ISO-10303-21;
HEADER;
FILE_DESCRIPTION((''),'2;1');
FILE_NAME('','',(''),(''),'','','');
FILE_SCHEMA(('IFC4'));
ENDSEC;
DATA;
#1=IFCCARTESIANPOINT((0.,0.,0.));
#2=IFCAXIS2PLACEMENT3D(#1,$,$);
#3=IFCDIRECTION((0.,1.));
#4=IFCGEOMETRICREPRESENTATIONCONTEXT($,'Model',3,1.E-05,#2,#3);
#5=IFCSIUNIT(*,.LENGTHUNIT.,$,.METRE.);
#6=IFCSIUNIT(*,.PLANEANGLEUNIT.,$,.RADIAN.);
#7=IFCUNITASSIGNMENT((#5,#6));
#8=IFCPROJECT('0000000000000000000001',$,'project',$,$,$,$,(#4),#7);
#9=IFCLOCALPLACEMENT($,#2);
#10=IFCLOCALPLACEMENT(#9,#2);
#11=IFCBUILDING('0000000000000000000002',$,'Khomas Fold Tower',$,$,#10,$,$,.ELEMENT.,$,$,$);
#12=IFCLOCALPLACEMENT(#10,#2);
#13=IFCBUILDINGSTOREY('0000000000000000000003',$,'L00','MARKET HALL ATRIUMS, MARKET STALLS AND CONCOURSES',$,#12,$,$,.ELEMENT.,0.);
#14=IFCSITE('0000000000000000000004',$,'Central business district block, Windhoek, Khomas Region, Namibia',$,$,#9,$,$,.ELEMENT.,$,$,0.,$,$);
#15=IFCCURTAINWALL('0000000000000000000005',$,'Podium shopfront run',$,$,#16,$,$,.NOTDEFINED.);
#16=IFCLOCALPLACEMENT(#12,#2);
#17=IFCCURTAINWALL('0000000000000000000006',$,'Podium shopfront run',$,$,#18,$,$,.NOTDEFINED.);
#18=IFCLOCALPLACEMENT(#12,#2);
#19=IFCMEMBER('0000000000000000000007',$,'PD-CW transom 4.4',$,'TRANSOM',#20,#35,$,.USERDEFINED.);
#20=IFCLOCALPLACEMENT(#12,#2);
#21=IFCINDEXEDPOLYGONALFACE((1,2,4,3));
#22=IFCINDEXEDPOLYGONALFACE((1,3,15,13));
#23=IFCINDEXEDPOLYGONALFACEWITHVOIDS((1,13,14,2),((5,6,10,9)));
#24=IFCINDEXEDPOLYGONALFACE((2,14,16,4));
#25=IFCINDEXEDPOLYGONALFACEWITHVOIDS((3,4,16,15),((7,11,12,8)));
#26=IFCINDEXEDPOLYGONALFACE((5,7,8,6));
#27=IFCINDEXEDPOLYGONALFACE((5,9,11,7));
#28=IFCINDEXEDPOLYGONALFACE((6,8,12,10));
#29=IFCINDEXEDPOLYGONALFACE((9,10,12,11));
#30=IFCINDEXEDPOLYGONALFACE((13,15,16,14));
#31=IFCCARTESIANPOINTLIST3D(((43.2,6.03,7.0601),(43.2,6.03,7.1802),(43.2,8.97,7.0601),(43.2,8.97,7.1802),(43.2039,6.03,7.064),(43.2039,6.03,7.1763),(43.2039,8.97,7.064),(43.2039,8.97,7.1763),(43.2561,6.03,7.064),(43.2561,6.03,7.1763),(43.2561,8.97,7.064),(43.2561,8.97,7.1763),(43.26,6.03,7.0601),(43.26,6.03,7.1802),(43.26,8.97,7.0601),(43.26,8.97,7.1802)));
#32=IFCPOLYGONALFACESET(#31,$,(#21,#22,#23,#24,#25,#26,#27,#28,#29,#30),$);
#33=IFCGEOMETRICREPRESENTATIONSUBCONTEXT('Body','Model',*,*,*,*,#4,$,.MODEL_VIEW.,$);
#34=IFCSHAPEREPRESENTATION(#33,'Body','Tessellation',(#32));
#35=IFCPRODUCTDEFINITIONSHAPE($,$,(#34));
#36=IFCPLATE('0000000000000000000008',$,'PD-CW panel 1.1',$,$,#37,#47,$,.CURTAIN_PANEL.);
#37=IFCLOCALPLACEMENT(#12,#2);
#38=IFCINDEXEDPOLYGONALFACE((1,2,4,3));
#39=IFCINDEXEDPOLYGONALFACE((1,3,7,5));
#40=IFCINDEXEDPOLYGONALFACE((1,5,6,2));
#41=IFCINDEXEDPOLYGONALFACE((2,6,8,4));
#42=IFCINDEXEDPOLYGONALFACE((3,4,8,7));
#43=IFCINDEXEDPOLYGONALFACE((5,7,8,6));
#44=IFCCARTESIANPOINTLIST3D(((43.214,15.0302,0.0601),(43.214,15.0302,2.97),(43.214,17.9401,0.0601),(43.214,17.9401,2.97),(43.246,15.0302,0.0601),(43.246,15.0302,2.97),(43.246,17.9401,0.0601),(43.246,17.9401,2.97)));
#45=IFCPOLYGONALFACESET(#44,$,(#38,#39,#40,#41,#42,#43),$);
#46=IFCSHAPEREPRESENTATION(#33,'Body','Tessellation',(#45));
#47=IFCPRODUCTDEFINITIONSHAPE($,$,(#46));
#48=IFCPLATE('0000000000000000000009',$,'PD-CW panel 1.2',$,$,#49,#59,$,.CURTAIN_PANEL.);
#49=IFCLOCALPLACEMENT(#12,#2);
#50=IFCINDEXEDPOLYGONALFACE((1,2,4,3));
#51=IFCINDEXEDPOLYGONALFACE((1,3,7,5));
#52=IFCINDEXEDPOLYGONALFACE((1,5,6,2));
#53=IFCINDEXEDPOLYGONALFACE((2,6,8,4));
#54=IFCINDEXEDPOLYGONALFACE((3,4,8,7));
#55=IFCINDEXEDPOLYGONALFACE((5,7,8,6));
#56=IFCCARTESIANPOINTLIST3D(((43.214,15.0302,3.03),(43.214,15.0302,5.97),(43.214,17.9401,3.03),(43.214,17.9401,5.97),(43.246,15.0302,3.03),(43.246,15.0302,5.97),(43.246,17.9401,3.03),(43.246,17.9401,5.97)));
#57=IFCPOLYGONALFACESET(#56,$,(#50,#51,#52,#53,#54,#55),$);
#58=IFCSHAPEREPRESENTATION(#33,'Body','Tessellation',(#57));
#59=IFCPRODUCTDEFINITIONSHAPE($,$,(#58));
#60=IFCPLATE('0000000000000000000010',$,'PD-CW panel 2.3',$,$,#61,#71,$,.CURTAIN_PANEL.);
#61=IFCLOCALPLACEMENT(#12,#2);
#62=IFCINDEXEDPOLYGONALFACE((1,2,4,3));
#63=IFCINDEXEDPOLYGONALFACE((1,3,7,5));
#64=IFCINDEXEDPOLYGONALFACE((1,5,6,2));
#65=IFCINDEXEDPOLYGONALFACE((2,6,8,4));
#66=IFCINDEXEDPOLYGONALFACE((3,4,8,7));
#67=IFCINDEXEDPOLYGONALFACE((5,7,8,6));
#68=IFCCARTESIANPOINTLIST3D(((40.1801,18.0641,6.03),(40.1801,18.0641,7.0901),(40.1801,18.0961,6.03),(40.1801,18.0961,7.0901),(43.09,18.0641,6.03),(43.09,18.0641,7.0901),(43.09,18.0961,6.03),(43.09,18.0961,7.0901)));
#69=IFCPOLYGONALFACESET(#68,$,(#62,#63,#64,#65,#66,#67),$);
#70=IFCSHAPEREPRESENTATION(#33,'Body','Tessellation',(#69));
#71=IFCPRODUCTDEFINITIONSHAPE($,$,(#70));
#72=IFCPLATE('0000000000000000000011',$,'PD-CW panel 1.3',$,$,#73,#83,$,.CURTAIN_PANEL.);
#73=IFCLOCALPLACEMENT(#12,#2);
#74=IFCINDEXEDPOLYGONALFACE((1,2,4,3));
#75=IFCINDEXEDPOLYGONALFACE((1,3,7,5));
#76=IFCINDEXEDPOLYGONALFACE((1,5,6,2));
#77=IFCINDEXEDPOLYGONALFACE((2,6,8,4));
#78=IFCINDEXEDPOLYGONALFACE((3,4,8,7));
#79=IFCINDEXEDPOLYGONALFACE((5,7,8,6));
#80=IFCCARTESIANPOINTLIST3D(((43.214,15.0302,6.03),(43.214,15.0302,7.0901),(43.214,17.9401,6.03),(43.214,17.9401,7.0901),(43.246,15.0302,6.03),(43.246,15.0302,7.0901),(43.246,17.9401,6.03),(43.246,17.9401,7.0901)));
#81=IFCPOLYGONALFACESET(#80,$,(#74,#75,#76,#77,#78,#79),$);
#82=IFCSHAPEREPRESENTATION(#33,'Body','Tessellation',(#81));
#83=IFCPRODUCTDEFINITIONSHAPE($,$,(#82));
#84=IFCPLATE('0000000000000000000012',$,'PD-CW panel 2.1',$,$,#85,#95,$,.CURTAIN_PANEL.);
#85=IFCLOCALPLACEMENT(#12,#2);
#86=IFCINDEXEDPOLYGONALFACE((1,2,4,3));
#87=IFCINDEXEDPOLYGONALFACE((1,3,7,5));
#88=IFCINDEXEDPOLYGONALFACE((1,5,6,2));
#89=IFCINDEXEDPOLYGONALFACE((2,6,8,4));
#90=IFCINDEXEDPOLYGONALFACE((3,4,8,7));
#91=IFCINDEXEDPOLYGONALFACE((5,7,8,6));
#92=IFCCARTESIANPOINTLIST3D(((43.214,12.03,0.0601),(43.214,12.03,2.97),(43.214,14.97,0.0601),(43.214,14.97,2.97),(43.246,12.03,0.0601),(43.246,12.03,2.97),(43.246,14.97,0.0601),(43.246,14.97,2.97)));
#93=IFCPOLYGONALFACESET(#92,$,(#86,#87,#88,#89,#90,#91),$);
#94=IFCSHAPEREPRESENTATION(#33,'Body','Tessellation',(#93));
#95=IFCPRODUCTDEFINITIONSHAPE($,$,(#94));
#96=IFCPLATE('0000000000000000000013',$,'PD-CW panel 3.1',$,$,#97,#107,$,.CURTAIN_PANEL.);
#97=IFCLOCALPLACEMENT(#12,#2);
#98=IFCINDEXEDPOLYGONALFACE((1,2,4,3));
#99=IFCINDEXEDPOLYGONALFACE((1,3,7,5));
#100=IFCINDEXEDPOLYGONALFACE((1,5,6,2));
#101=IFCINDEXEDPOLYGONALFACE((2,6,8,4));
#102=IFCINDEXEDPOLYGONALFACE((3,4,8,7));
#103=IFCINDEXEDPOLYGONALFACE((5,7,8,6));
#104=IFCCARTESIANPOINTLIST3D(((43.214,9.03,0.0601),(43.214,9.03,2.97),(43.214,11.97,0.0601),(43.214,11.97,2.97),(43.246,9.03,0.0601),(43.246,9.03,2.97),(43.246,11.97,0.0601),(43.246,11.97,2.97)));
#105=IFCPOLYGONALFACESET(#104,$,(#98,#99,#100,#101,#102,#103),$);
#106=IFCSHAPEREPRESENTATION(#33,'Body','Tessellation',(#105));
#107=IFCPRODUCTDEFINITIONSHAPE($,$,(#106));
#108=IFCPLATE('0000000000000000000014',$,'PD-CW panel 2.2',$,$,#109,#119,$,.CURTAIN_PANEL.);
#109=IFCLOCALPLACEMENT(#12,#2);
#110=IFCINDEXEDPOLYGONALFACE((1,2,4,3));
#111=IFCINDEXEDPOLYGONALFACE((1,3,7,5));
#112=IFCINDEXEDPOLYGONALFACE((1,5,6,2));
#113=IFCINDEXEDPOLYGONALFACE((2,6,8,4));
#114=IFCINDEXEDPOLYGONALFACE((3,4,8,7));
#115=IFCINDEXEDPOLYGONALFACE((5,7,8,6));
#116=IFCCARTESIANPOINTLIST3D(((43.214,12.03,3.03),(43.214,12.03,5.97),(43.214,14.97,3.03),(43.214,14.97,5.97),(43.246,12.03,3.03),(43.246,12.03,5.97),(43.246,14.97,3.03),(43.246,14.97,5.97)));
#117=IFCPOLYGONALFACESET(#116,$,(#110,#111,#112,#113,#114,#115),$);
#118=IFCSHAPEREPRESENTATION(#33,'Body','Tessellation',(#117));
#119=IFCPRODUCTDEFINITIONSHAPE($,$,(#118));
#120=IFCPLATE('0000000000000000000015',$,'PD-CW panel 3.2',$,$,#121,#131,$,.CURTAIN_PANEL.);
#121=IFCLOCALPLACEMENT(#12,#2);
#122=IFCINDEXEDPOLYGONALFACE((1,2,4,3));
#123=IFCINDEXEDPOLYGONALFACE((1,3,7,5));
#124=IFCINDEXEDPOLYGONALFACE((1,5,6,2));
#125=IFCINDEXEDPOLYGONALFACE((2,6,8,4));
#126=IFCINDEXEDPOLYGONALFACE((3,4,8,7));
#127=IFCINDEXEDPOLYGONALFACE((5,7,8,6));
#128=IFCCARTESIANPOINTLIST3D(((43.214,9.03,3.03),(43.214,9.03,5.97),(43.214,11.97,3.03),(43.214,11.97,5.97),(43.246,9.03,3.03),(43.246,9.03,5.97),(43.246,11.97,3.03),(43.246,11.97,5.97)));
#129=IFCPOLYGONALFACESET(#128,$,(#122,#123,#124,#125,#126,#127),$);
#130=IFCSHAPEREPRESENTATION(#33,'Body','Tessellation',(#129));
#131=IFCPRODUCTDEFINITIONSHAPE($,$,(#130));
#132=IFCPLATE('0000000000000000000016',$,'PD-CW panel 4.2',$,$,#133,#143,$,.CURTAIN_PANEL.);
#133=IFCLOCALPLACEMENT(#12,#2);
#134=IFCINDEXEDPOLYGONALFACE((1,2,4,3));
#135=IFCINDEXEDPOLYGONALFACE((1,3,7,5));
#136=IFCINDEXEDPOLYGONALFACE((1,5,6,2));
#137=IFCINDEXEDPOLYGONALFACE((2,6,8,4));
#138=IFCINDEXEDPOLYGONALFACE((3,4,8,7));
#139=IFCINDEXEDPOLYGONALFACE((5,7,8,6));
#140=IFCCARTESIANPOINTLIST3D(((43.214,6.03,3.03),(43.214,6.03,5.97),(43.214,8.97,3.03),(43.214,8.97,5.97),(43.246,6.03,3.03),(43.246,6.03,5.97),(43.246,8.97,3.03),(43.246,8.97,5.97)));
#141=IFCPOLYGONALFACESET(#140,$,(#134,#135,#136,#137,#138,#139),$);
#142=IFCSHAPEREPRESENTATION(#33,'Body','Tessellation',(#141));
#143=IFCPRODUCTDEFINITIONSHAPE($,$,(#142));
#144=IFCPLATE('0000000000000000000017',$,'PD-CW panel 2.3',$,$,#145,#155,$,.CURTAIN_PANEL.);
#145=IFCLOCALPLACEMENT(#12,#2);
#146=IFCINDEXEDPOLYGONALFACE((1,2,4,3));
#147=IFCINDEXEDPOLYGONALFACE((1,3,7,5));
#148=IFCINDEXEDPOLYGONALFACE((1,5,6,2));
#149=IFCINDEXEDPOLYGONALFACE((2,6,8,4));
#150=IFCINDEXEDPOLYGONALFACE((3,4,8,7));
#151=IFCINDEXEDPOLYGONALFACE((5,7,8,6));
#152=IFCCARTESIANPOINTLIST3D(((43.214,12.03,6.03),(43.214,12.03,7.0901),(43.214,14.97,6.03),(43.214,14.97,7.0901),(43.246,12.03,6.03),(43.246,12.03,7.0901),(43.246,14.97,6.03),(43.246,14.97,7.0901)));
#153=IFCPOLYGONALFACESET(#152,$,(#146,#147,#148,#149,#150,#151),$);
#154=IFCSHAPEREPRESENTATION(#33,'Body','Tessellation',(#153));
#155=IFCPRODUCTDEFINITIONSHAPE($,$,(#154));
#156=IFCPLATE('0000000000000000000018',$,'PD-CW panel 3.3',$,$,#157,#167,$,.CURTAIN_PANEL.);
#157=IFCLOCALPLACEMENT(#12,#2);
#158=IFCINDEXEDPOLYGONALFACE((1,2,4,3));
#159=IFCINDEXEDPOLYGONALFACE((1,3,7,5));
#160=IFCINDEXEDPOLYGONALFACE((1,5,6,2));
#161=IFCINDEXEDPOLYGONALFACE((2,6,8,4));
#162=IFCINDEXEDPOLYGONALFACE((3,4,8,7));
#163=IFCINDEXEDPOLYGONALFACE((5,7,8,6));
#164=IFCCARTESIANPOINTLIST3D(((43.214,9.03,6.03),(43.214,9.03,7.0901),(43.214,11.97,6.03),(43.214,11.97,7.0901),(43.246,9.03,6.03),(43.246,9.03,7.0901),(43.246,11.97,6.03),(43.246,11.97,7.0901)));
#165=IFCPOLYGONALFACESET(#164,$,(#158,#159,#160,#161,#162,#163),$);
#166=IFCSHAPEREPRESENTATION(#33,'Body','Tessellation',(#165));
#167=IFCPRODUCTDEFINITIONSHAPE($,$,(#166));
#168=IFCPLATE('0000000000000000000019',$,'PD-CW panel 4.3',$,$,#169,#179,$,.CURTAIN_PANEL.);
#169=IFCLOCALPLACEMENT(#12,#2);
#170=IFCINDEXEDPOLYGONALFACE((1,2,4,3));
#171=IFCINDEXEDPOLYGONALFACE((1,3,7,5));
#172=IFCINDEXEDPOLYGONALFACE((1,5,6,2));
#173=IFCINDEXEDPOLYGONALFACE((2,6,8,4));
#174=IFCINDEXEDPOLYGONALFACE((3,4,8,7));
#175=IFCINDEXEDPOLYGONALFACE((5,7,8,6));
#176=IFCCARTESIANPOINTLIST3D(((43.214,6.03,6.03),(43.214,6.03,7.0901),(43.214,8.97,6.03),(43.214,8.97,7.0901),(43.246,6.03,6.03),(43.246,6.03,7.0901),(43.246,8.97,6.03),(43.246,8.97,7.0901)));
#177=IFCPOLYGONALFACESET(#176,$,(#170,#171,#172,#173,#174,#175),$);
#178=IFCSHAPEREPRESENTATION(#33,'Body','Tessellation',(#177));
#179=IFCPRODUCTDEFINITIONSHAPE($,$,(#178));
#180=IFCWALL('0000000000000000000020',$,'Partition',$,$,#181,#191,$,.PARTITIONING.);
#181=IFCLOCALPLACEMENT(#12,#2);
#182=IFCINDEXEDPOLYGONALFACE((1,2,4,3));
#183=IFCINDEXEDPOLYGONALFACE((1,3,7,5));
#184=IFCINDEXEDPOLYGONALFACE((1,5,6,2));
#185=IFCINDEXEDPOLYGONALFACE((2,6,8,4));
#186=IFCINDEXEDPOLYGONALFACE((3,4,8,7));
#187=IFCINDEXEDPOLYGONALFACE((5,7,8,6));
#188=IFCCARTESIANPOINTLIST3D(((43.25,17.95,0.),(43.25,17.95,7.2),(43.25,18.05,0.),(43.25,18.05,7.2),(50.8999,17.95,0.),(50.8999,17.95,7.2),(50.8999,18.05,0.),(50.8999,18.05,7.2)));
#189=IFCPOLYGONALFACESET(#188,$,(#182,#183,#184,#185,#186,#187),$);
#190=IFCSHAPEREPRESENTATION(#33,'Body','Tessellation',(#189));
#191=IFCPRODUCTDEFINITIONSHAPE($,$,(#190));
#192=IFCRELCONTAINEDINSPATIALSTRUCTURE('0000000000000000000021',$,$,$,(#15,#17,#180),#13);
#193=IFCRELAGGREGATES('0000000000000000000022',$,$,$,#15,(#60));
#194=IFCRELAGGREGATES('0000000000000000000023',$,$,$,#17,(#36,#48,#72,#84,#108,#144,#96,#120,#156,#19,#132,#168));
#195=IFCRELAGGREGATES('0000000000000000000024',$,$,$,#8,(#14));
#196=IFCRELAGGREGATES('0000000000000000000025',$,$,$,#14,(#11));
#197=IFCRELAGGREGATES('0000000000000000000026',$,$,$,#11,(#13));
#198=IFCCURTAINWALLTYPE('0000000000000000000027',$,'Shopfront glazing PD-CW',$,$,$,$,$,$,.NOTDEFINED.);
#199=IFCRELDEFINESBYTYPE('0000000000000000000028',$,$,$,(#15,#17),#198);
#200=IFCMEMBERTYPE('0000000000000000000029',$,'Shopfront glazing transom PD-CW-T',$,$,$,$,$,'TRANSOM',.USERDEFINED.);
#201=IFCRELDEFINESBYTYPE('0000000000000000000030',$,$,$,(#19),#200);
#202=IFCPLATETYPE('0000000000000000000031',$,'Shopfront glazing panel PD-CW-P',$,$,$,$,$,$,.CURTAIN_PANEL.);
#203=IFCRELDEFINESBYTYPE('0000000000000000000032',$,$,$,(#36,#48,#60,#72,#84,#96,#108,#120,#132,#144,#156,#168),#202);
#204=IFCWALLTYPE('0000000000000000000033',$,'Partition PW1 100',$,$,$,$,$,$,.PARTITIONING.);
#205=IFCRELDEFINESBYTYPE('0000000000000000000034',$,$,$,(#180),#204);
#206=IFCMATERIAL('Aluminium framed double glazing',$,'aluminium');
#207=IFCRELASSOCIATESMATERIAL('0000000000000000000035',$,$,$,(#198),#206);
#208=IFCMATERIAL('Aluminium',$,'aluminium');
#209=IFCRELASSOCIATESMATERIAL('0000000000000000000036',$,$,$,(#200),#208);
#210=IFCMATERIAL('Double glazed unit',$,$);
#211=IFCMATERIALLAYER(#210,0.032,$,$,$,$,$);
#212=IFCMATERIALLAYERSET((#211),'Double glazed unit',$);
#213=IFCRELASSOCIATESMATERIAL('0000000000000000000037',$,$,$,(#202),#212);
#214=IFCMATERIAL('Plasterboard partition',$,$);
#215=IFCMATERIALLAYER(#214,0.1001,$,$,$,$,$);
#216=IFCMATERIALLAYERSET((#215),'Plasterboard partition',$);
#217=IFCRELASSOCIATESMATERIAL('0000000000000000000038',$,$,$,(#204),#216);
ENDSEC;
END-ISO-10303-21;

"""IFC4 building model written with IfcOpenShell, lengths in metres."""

from ifc_helpers import new_model, si_unit, direction, frame, frame_2d, origin, origin_2d, place, context, subcontext, project, spatial, rectangle, hollow_rectangle, extrude, source, transform, mapped, material, layer, layer_set, material_profile, profile_set, type_object, element, aggregate, save


model = new_model("IFC4")

# Units and contexts
model_context = context("Model", 3, precision=1e-05, world=origin(), true_north=direction((0.0, 1.0)))
body_context = subcontext(model_context, "Body", "Model", "MODEL_VIEW")
ifc_project = project(units=[si_unit("LENGTHUNIT", "METRE"), si_unit("PLANEANGLEUNIT", "RADIAN")], contexts=[model_context])

# Site, building, storey
site_placement = place(None, origin())
site = spatial("IfcSite", under=ifc_project, at=site_placement, Name="Central business district block, Windhoek, Khomas Region, Namibia", CompositionType="ELEMENT", RefElevation=0.0)
building_placement = place(site_placement, origin())
building = spatial("IfcBuilding", under=site, at=building_placement, Name="Khomas Fold Tower", CompositionType="ELEMENT")
storey_placement = place(building_placement, origin())
storey = spatial("IfcBuildingStorey", under=building, at=storey_placement, Name="L00", Description="MARKET HALL ATRIUMS, MARKET STALLS AND CONCOURSES", CompositionType="ELEMENT", Elevation=0.0)

# Curtain wall
ifc_material_1 = material(Name="Aluminium framed double glazing", Category="aluminium")
curtain_wall_type = type_object("IfcCurtainWallType", Name="Shopfront glazing PD-CW", PredefinedType="NOTDEFINED", material=ifc_material_1)
curtain_wall_1_placement = place(storey_placement, origin())
curtain_wall_1 = element("IfcCurtainWall", 1, at=curtain_wall_1_placement, inside=storey, type_object=curtain_wall_type, Name="Podium shopfront run", PredefinedType="NOTDEFINED")

# Curtain wall, member, plates
curtain_wall_2_placement = place(storey_placement, origin())
curtain_wall_2 = element("IfcCurtainWall", 2, at=curtain_wall_2_placement, inside=storey, type_object=curtain_wall_type, Name="Podium shopfront run", PredefinedType="NOTDEFINED")
ifc_material_2 = material(Name="Aluminium", Category="aluminium")
ifc_material_profile_1 = material_profile(ifc_material_2, hollow_rectangle(XDim=0.0601, YDim=0.1201, WallThickness=0.0039, at=origin_2d()), Name="Shopfront glazing transom PD-CW-T")
ifc_profile_set_1 = profile_set([ifc_material_profile_1], Name="Aluminium")
member_type_1 = type_object("IfcMemberType", Name="Shopfront glazing transom PD-CW-T", ElementType="TRANSOM", PredefinedType="USERDEFINED", material=ifc_profile_set_1)
shared_shape_1 = source(origin(), body_context, "Body", "SweptSolid", [
    extrude(hollow_rectangle(XDim=0.0601, YDim=0.1201, WallThickness=0.0039, at=origin_2d()), origin(), (0.0, 0.0, 1.0), 2.9399),
])
member_1_placement = place(storey_placement, frame((43.23, 8.97, 7.1201), z_axis=(0.0, -1.0, 0.0), x_axis=(1.0, 0.0, 0.0)))
member_1 = element("IfcMember", 3, at=member_1_placement, type_object=member_type_1, Name="PD-CW transom 4.4", ObjectType="TRANSOM", PredefinedType="USERDEFINED", context=body_context, shape_type="MappedRepresentation", body=[
    mapped(shared_shape_1, transform((0.0, 0.0, 0.0))),
])
ifc_material_3 = material(Name="Double glazed unit")
ifc_layer_1 = layer(ifc_material_3, 0.032)
ifc_layer_set_1 = layer_set([ifc_layer_1], Name="Double glazed unit")
plate_type = type_object("IfcPlateType", Name="Shopfront glazing panel PD-CW-P", PredefinedType="CURTAIN_PANEL", material=ifc_layer_set_1)
shared_shape_2 = source(origin(), body_context, "Body", "SweptSolid", [
    extrude(rectangle(XDim=2.9099, YDim=0.032, at=origin_2d()), origin(), (0.0, 0.0, 1.0), 2.9099),
])
plate_1_placement = place(storey_placement, frame((43.23, 16.4851, 0.0601), z_axis=(0.0, 0.0, 1.0), x_axis=(0.0, -1.0, 0.0)))
plate_1 = element("IfcPlate", 4, at=plate_1_placement, type_object=plate_type, Name="PD-CW panel 1.1", PredefinedType="CURTAIN_PANEL", context=body_context, shape_type="MappedRepresentation", body=[
    mapped(shared_shape_2, transform((0.0, 0.0, 0.0))),
])
shared_shape_3 = source(origin(), body_context, "Body", "SweptSolid", [
    extrude(rectangle(XDim=2.9099, YDim=0.032, at=origin_2d()), origin(), (0.0, 0.0, 1.0), 2.9399),
])
plate_2_placement = place(storey_placement, frame((43.23, 16.4851, 3.03), z_axis=(0.0, 0.0, 1.0), x_axis=(0.0, -1.0, 0.0)))
plate_2 = element("IfcPlate", 5, at=plate_2_placement, type_object=plate_type, Name="PD-CW panel 1.2", PredefinedType="CURTAIN_PANEL", context=body_context, shape_type="MappedRepresentation", body=[
    mapped(shared_shape_3, transform((0.0, 0.0, 0.0))),
])

# Plates
shared_shape_4 = source(origin(), body_context, "Body", "SweptSolid", [
    extrude(rectangle(XDim=2.9099, YDim=0.032, at=origin_2d()), origin(), (0.0, 0.0, 1.0), 1.0601),
])
plate_3_placement = place(storey_placement, frame((41.635, 18.0801, 6.03), z_axis=(0.0, 0.0, 1.0), x_axis=(1.0, 0.0, 0.0)))
plate_3 = element("IfcPlate", 6, at=plate_3_placement, type_object=plate_type, Name="PD-CW panel 2.3", PredefinedType="CURTAIN_PANEL", context=body_context, shape_type="MappedRepresentation", body=[
    mapped(shared_shape_4, transform((0.0, 0.0, 0.0))),
])
aggregate(curtain_wall_1, [plate_3])
plate_4_placement = place(storey_placement, frame((43.23, 16.4851, 6.03), z_axis=(0.0, 0.0, 1.0), x_axis=(0.0, -1.0, 0.0)))
plate_4 = element("IfcPlate", 7, at=plate_4_placement, type_object=plate_type, Name="PD-CW panel 1.3", PredefinedType="CURTAIN_PANEL", context=body_context, shape_type="MappedRepresentation", body=[
    mapped(shared_shape_4, transform((0.0, 0.0, 0.0))),
])
shared_shape_5 = source(origin(), body_context, "Body", "SweptSolid", [
    extrude(rectangle(XDim=2.9399, YDim=0.032, at=origin_2d()), origin(), (0.0, 0.0, 1.0), 2.9099),
])
plate_5_placement = place(storey_placement, frame((43.23, 13.5, 0.0601), z_axis=(0.0, 0.0, 1.0), x_axis=(0.0, -1.0, 0.0)))
plate_5 = element("IfcPlate", 8, at=plate_5_placement, type_object=plate_type, Name="PD-CW panel 2.1", PredefinedType="CURTAIN_PANEL", context=body_context, shape_type="MappedRepresentation", body=[
    mapped(shared_shape_5, transform((0.0, 0.0, 0.0))),
])
plate_6_placement = place(storey_placement, frame((43.23, 10.5, 0.0601), z_axis=(0.0, 0.0, 1.0), x_axis=(0.0, -1.0, 0.0)))
plate_6 = element("IfcPlate", 9, at=plate_6_placement, type_object=plate_type, Name="PD-CW panel 3.1", PredefinedType="CURTAIN_PANEL", context=body_context, shape_type="MappedRepresentation", body=[
    mapped(shared_shape_5, transform((0.0, 0.0, 0.0))),
])
shared_shape_6 = source(origin(), body_context, "Body", "SweptSolid", [
    extrude(rectangle(XDim=2.9399, YDim=0.032, at=origin_2d()), origin(), (0.0, 0.0, 1.0), 2.9399),
])
plate_7_placement = place(storey_placement, frame((43.23, 13.5, 3.03), z_axis=(0.0, 0.0, 1.0), x_axis=(0.0, -1.0, 0.0)))
plate_7 = element("IfcPlate", 10, at=plate_7_placement, type_object=plate_type, Name="PD-CW panel 2.2", PredefinedType="CURTAIN_PANEL", context=body_context, shape_type="MappedRepresentation", body=[
    mapped(shared_shape_6, transform((0.0, 0.0, 0.0))),
])
plate_8_placement = place(storey_placement, frame((43.23, 10.5, 3.03), z_axis=(0.0, 0.0, 1.0), x_axis=(0.0, -1.0, 0.0)))
plate_8 = element("IfcPlate", 11, at=plate_8_placement, type_object=plate_type, Name="PD-CW panel 3.2", PredefinedType="CURTAIN_PANEL", context=body_context, shape_type="MappedRepresentation", body=[
    mapped(shared_shape_6, transform((0.0, 0.0, 0.0))),
])
plate_9_placement = place(storey_placement, frame((43.23, 7.5, 3.03), z_axis=(0.0, 0.0, 1.0), x_axis=(0.0, -1.0, 0.0)))
plate_9 = element("IfcPlate", 12, at=plate_9_placement, type_object=plate_type, Name="PD-CW panel 4.2", PredefinedType="CURTAIN_PANEL", context=body_context, shape_type="MappedRepresentation", body=[
    mapped(shared_shape_6, transform((0.0, 0.0, 0.0))),
])
shared_shape_7 = source(origin(), body_context, "Body", "SweptSolid", [
    extrude(rectangle(XDim=2.9399, YDim=0.032, at=origin_2d()), origin(), (0.0, 0.0, 1.0), 1.0601),
])
plate_10_placement = place(storey_placement, frame((43.23, 13.5, 6.03), z_axis=(0.0, 0.0, 1.0), x_axis=(0.0, -1.0, 0.0)))
plate_10 = element("IfcPlate", 13, at=plate_10_placement, type_object=plate_type, Name="PD-CW panel 2.3", PredefinedType="CURTAIN_PANEL", context=body_context, shape_type="MappedRepresentation", body=[
    mapped(shared_shape_7, transform((0.0, 0.0, 0.0))),
])
plate_11_placement = place(storey_placement, frame((43.23, 10.5, 6.03), z_axis=(0.0, 0.0, 1.0), x_axis=(0.0, -1.0, 0.0)))
plate_11 = element("IfcPlate", 14, at=plate_11_placement, type_object=plate_type, Name="PD-CW panel 3.3", PredefinedType="CURTAIN_PANEL", context=body_context, shape_type="MappedRepresentation", body=[
    mapped(shared_shape_7, transform((0.0, 0.0, 0.0))),
])
plate_12_placement = place(storey_placement, frame((43.23, 7.5, 6.03), z_axis=(0.0, 0.0, 1.0), x_axis=(0.0, -1.0, 0.0)))
plate_12 = element("IfcPlate", 15, at=plate_12_placement, type_object=plate_type, Name="PD-CW panel 4.3", PredefinedType="CURTAIN_PANEL", context=body_context, shape_type="MappedRepresentation", body=[
    mapped(shared_shape_7, transform((0.0, 0.0, 0.0))),
])
aggregate(curtain_wall_2, [plate_1, plate_2, plate_4, plate_5, plate_7, plate_10, plate_6, plate_8, plate_11, member_1, plate_9, plate_12])

# Wall
ifc_material_4 = material(Name="Plasterboard partition")
ifc_layer_2 = layer(ifc_material_4, 0.1001)
ifc_layer_set_2 = layer_set([ifc_layer_2], Name="Plasterboard partition")
wall_type = type_object("IfcWallType", Name="Partition PW1 100", PredefinedType="PARTITIONING", material=ifc_layer_set_2)
shared_shape_8 = source(origin(), body_context, "Body", "SweptSolid", [
    extrude(rectangle(XDim=7.6499, YDim=0.1001, at=frame_2d((3.825, 0.0))), origin(), (0.0, 0.0, 1.0), 7.2),
])
wall_placement = place(storey_placement, frame((43.25, 18.0, 0.0), z_axis=(0.0, 0.0, 1.0), x_axis=(1.0, 0.0, 0.0)))
element("IfcWall", 16, at=wall_placement, inside=storey, type_object=wall_type, Name="Partition", PredefinedType="PARTITIONING", context=body_context, shape_type="MappedRepresentation", body=[
    mapped(shared_shape_8, transform((0.0, 0.0, 0.0))),
])

save(model, "model.ifc")
